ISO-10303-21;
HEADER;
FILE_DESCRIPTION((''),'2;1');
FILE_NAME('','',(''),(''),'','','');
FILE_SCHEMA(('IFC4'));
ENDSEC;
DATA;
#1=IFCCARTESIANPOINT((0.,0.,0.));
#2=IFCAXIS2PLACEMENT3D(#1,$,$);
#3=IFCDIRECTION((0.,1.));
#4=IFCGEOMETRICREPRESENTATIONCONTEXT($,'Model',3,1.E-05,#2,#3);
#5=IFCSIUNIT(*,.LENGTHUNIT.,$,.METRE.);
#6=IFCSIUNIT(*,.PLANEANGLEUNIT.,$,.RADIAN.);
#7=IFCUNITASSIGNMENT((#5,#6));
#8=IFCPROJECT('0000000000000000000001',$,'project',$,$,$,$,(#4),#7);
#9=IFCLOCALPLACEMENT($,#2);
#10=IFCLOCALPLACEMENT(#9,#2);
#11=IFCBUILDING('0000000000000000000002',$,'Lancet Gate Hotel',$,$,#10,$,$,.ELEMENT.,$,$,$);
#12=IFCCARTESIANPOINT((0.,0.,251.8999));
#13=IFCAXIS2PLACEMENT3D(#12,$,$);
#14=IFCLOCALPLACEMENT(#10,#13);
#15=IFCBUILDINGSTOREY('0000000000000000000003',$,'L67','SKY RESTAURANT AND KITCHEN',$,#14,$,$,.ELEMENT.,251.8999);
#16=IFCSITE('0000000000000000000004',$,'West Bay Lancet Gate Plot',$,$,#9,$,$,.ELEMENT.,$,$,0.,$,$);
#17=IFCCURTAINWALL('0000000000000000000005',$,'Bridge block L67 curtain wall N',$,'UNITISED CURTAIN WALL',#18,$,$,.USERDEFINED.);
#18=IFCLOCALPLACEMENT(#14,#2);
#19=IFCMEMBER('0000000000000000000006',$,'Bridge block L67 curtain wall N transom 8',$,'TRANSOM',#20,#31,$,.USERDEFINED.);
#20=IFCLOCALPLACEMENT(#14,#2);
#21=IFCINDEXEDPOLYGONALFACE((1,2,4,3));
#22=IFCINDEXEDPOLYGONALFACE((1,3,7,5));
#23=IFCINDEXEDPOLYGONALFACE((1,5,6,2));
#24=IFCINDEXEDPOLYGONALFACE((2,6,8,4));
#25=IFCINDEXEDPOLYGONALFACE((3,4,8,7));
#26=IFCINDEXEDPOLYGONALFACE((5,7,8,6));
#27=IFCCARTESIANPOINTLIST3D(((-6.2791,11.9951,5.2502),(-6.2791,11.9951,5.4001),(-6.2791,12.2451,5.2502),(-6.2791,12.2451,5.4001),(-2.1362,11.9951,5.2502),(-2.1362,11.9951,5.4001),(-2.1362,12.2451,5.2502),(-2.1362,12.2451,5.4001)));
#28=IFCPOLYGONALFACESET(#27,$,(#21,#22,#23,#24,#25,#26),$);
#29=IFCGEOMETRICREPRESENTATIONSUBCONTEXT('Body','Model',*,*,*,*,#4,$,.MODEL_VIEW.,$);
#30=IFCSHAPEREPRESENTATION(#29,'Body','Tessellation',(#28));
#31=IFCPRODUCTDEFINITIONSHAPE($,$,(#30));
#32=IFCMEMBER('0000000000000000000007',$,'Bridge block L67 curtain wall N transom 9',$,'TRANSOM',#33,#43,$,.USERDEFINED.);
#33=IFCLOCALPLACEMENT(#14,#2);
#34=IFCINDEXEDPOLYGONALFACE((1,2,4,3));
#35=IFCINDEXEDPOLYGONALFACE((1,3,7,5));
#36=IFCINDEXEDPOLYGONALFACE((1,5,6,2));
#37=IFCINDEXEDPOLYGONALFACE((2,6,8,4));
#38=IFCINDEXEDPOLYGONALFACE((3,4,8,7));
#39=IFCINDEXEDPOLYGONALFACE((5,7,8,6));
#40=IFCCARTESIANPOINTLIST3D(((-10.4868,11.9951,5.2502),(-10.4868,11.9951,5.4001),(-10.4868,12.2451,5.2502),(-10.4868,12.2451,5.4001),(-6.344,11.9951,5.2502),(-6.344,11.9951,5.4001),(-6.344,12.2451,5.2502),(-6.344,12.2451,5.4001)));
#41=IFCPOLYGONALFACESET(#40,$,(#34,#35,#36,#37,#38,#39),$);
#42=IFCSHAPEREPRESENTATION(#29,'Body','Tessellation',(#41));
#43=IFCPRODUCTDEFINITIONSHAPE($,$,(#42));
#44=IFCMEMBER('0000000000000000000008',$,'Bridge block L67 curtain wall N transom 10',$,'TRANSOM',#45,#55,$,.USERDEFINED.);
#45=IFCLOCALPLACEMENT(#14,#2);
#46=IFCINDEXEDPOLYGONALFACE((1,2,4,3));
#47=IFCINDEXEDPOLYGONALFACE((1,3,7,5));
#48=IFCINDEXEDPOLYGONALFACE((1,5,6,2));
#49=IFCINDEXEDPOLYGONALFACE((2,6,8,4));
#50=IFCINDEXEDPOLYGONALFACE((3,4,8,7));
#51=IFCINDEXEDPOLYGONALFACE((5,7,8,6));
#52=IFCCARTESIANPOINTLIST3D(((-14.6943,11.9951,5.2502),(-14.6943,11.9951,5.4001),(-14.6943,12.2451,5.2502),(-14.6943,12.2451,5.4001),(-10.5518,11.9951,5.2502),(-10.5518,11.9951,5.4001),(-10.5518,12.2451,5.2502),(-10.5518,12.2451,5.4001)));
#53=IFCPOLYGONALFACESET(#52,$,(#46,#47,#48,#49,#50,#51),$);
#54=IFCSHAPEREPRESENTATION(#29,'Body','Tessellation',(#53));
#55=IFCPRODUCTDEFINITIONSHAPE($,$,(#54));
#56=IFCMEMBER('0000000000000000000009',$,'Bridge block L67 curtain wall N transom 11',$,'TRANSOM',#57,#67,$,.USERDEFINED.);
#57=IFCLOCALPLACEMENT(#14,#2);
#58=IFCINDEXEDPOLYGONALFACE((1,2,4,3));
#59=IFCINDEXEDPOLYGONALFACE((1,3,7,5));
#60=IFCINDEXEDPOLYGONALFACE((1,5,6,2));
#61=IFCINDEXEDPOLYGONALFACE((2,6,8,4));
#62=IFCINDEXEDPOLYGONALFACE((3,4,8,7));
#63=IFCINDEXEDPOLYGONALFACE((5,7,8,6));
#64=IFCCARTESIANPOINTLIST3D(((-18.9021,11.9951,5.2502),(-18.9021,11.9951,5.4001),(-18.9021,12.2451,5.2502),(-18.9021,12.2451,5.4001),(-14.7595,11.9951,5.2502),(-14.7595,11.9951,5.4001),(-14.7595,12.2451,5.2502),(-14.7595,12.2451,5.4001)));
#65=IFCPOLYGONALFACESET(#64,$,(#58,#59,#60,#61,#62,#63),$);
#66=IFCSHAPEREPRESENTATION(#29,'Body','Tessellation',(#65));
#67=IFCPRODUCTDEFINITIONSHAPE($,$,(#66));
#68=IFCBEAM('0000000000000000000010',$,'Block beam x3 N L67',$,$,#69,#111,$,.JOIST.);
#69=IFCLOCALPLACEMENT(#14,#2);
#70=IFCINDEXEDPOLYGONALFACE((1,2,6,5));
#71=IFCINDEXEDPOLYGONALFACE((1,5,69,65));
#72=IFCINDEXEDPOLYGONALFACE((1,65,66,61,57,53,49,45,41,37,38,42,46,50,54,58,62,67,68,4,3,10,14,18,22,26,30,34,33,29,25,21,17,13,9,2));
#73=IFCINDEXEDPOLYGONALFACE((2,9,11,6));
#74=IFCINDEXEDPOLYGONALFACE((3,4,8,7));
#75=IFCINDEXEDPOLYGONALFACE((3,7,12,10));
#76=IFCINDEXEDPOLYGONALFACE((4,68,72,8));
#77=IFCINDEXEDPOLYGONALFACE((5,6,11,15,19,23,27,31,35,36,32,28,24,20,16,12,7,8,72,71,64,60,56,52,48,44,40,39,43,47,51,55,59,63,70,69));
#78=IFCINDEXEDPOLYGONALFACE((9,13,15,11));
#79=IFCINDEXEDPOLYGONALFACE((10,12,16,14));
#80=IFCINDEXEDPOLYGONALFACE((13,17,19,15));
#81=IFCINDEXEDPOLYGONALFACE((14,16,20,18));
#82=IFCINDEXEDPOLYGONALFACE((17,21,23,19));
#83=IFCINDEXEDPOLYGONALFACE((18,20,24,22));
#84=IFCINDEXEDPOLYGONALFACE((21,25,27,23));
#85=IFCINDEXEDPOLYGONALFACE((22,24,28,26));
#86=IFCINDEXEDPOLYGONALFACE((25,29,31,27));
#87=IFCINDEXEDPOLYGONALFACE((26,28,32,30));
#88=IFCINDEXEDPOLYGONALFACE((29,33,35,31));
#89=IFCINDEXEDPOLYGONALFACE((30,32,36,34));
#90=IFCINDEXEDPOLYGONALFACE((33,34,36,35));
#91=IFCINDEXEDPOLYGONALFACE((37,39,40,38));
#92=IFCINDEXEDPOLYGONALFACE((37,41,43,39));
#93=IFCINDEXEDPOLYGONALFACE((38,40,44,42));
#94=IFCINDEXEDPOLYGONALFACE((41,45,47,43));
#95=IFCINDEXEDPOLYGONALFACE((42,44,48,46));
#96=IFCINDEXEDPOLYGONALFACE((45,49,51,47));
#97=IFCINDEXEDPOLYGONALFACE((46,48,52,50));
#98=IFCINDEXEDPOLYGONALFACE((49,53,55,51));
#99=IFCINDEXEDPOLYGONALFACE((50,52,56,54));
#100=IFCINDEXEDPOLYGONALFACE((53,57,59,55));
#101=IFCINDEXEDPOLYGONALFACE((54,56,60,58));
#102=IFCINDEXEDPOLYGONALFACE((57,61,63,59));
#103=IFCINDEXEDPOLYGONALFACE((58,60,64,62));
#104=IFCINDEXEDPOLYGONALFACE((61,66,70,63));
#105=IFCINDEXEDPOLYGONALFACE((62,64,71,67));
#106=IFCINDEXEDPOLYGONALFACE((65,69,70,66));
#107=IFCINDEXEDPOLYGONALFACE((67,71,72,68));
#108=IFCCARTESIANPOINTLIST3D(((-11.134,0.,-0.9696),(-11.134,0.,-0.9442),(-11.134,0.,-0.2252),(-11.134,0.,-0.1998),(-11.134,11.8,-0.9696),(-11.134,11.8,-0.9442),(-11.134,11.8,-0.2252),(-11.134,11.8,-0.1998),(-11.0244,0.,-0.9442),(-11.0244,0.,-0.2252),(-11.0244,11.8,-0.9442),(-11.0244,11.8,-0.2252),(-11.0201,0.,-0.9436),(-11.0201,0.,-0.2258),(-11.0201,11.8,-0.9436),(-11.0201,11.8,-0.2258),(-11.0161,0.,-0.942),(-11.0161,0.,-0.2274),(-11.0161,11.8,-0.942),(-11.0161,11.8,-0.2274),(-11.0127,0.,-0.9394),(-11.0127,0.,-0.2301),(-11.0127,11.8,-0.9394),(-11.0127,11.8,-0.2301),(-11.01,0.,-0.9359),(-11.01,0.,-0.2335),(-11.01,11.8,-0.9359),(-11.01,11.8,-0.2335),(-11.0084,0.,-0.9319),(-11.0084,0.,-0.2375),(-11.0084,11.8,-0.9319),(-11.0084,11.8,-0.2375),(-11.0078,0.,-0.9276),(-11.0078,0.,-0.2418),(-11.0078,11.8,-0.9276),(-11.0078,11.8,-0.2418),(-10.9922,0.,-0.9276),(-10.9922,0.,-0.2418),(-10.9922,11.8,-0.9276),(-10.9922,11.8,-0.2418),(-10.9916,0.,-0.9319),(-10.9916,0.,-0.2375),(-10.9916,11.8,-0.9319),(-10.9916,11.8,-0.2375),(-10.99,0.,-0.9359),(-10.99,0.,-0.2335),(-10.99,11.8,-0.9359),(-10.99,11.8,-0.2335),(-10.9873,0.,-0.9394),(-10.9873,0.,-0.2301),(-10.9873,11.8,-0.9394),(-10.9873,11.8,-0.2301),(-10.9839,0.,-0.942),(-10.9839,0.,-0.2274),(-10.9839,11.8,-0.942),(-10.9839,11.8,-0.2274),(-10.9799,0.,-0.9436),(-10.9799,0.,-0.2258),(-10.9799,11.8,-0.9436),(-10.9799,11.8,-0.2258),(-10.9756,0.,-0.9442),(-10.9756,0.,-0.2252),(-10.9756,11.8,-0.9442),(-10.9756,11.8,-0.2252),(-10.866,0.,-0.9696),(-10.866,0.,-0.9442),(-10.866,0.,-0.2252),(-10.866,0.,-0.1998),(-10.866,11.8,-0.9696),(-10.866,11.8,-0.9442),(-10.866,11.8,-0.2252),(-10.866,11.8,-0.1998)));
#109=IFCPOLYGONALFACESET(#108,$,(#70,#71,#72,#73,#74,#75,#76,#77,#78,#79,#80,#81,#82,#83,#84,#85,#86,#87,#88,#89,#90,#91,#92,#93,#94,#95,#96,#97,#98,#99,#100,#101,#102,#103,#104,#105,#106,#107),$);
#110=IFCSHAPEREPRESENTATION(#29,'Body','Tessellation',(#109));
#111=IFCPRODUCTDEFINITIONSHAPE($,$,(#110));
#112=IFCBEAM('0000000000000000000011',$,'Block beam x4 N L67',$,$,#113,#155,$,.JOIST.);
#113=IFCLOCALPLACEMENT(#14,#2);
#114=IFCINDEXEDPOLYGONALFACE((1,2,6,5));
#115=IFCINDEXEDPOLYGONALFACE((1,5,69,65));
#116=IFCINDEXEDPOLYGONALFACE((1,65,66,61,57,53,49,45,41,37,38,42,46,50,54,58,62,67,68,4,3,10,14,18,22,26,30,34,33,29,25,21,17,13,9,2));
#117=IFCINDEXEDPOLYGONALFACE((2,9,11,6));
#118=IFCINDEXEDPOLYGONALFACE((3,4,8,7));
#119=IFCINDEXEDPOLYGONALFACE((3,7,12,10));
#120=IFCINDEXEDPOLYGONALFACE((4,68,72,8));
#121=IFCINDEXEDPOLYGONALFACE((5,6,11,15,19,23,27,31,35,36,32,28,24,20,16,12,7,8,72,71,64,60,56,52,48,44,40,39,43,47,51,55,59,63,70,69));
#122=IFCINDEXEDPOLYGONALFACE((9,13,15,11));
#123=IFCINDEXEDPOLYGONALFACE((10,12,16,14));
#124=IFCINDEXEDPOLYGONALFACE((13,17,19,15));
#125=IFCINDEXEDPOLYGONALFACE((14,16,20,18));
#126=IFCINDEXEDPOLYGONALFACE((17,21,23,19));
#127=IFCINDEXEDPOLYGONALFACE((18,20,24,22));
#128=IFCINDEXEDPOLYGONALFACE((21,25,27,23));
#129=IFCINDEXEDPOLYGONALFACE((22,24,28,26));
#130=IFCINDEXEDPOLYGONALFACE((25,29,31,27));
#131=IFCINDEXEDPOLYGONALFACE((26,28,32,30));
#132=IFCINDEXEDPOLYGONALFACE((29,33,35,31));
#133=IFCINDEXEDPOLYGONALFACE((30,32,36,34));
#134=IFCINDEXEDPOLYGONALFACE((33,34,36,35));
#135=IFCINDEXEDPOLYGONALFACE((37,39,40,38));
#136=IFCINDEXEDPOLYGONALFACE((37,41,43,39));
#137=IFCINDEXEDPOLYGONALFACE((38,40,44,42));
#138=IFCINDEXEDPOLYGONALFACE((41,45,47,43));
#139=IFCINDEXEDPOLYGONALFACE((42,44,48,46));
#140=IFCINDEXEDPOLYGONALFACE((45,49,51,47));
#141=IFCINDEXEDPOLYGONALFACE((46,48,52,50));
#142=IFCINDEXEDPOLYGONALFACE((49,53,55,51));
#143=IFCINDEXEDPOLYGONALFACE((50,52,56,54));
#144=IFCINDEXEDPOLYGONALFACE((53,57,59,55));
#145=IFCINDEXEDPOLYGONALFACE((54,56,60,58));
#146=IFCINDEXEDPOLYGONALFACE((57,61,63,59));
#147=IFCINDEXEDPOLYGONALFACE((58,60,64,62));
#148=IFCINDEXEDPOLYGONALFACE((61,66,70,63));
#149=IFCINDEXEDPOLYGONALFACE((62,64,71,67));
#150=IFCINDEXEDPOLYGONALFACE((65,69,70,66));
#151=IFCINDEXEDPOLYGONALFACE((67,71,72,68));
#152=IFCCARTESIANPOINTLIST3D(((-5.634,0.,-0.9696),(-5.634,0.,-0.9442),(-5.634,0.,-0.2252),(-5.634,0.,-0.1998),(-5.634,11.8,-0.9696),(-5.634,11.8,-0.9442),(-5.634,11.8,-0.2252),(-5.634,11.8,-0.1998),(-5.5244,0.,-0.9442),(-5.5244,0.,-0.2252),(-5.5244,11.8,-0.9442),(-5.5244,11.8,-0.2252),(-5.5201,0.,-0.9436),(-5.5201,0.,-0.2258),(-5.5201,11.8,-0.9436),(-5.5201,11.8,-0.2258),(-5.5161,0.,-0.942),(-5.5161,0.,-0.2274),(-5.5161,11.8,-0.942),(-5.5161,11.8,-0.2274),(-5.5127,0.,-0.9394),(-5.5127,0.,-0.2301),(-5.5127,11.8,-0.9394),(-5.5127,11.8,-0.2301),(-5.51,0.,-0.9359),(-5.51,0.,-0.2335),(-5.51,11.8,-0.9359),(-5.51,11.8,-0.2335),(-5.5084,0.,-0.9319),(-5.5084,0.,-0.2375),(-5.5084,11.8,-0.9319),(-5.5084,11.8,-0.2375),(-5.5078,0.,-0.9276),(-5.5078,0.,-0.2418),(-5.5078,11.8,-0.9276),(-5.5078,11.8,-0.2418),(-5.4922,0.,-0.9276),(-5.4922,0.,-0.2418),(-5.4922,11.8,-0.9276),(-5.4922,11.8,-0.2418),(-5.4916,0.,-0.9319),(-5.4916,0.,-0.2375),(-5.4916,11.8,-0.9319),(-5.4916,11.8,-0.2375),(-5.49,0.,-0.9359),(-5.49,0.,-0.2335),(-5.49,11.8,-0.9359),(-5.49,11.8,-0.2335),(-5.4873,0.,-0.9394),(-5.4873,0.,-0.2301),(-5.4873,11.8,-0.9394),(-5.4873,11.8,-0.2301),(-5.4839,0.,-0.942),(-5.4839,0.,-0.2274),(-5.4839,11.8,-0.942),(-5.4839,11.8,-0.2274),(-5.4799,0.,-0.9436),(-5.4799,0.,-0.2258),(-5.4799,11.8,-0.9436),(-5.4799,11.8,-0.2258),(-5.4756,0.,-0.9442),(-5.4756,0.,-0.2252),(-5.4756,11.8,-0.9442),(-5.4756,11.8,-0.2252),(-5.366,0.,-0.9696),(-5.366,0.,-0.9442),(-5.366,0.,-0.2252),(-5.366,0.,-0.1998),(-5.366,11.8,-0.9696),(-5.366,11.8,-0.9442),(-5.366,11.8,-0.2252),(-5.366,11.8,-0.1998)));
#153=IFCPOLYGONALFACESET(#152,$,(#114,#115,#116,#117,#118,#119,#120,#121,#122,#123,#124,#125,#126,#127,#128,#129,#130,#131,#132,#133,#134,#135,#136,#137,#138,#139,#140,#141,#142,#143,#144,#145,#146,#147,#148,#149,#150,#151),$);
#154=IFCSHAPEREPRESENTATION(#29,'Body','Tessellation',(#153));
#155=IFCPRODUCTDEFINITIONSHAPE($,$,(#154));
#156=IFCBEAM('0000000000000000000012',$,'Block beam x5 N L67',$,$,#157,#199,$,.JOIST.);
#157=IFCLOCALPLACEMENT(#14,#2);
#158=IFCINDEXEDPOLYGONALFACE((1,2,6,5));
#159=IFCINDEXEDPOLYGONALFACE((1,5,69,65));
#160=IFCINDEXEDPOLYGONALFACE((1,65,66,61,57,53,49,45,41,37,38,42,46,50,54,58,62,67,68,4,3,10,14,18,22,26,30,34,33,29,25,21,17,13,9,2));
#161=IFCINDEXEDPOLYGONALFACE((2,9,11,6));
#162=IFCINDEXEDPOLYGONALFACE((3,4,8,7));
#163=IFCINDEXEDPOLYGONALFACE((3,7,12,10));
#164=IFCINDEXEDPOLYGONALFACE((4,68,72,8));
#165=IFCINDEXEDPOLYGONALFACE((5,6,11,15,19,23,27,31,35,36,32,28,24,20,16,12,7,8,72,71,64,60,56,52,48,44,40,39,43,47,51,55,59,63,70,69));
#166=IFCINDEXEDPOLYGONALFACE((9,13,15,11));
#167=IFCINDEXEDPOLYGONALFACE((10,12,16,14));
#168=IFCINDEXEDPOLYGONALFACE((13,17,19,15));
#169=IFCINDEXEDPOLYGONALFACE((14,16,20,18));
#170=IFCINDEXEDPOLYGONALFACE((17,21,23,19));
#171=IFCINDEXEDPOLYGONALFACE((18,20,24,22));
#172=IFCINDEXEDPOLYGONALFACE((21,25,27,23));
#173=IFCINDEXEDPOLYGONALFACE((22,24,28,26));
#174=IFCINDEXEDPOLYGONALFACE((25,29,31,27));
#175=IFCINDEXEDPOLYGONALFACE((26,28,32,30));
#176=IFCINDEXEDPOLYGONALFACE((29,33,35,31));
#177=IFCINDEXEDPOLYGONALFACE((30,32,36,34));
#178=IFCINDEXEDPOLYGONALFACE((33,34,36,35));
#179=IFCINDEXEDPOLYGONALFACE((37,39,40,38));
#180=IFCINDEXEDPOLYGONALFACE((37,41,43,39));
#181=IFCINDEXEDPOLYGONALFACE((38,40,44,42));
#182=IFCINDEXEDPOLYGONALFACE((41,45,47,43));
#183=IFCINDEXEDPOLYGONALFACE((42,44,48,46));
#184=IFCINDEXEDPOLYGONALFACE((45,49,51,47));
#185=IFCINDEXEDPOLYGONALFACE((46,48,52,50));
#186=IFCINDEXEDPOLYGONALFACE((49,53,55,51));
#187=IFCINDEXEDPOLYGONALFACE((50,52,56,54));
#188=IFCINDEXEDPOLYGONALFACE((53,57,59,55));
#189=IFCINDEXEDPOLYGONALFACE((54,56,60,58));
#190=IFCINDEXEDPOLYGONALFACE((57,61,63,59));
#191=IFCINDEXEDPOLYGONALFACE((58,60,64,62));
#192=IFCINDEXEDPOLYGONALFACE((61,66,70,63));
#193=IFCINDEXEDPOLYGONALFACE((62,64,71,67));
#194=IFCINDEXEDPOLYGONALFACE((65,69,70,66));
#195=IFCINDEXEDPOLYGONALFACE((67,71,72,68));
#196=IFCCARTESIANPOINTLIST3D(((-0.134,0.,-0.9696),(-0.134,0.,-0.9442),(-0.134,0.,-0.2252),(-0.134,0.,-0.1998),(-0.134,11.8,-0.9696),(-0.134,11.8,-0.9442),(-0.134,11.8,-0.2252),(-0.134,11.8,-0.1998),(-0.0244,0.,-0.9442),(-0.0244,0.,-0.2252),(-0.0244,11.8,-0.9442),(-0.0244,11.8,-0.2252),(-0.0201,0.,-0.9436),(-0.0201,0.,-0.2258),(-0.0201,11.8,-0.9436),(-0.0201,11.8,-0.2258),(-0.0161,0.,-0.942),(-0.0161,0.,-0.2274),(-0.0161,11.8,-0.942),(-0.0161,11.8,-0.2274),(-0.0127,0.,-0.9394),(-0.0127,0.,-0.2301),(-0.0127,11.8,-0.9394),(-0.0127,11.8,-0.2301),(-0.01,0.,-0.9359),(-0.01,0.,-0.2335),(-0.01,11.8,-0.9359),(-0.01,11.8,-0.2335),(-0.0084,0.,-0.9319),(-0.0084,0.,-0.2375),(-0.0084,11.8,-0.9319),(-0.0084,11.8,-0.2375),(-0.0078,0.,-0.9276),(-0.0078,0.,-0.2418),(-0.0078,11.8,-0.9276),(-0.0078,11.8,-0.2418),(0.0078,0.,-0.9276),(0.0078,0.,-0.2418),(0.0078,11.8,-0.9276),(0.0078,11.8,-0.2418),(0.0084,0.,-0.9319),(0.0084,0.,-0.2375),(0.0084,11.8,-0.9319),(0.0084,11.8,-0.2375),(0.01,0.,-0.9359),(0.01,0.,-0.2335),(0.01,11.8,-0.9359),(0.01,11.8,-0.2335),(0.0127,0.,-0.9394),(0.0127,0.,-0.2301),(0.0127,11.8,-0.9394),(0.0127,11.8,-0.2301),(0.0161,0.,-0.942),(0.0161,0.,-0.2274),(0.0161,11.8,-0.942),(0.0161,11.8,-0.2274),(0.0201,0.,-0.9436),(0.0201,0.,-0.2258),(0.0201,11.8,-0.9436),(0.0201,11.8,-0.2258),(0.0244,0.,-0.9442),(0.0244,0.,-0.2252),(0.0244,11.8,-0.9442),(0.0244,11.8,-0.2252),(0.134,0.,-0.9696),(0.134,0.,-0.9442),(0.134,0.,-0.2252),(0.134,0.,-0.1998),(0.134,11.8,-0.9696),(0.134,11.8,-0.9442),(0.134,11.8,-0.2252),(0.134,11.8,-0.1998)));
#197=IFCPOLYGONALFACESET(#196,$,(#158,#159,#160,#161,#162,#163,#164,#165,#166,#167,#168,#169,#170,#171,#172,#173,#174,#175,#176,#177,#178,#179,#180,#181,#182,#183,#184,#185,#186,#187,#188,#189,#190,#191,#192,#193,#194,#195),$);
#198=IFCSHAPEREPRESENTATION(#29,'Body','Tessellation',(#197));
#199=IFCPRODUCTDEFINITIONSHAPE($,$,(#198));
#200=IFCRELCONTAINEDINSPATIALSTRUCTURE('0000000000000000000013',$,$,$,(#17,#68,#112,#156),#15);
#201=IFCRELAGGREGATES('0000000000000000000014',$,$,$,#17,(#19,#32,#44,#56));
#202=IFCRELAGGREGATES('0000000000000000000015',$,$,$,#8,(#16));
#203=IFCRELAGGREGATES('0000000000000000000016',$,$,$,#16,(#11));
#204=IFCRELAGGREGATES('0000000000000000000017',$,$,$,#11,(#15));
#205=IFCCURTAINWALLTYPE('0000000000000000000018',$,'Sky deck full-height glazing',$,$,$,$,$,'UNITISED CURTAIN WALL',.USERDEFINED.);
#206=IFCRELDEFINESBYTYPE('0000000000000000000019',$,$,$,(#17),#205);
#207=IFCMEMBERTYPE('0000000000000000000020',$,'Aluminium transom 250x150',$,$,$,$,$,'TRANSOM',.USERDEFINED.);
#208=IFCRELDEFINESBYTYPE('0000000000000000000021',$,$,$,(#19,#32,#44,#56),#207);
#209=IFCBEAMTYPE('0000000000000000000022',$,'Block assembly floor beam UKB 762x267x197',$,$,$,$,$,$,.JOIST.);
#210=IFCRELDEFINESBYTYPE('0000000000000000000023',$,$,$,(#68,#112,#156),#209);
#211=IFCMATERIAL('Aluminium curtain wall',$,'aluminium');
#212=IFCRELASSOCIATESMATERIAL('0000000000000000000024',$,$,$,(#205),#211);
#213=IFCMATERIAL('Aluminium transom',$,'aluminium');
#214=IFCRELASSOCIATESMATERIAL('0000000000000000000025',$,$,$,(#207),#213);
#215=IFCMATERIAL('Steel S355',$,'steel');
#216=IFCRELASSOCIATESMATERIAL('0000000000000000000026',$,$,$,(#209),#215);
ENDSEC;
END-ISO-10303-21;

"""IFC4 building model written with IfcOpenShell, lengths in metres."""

from ifc_helpers import new_model, si_unit, direction, frame, origin, origin_2d, place, context, subcontext, project, spatial, rectangle, i_section, extrude, material, material_profile, profile_set, type_object, element, aggregate, save


model = new_model("IFC4")

# Units and contexts
model_context = context("Model", 3, precision=1e-05, world=origin(), true_north=direction((0.0, 1.0)))
body_context = subcontext(model_context, "Body", "Model", "MODEL_VIEW")
ifc_project = project(units=[si_unit("LENGTHUNIT", "METRE"), si_unit("PLANEANGLEUNIT", "RADIAN")], contexts=[model_context])

# Site, building, storey
site_placement = place(None, origin())
site = spatial("IfcSite", under=ifc_project, at=site_placement, Name="West Bay Lancet Gate Plot", CompositionType="ELEMENT", RefElevation=0.0)
building_placement = place(site_placement, origin())
building = spatial("IfcBuilding", under=site, at=building_placement, Name="Lancet Gate Hotel", CompositionType="ELEMENT")
storey_placement = place(building_placement, frame((0.0, 0.0, 251.8999)))
storey = spatial("IfcBuildingStorey", under=building, at=storey_placement, Name="L67", Description="SKY RESTAURANT AND KITCHEN", CompositionType="ELEMENT", Elevation=251.8999)

# Curtain wall, members
ifc_material_1 = material(Name="Aluminium curtain wall", Category="aluminium")
curtain_wall_type = type_object("IfcCurtainWallType", Name="Sky deck full-height glazing", ElementType="UNITISED CURTAIN WALL", PredefinedType="USERDEFINED", material=ifc_material_1)
curtain_wall_placement = place(storey_placement, origin())
curtain_wall = element("IfcCurtainWall", 1, at=curtain_wall_placement, inside=storey, type_object=curtain_wall_type, Name="Bridge block L67 curtain wall N", ObjectType="UNITISED CURTAIN WALL", PredefinedType="USERDEFINED")
ifc_material_2 = material(Name="Aluminium transom", Category="aluminium")
ifc_material_profile_1 = material_profile(ifc_material_2, rectangle(XDim=0.25, YDim=0.1499, at=origin_2d()), Name="TRANSOM 250x150")
ifc_profile_set_1 = profile_set([ifc_material_profile_1], Name="Aluminium transom")
member_type_1 = type_object("IfcMemberType", Name="Aluminium transom 250x150", ElementType="TRANSOM", PredefinedType="USERDEFINED", material=ifc_profile_set_1)
member_1_placement = place(storey_placement, frame((-2.1362, 12.1201, 5.3252), z_axis=(-1.0, 0.0, 0.0), x_axis=(0.0, -1.0, 0.0)))
member_1 = element("IfcMember", 2, at=member_1_placement, type_object=member_type_1, Name="Bridge block L67 curtain wall N transom 8", ObjectType="TRANSOM", PredefinedType="USERDEFINED", context=body_context, shape_type="SweptSolid", body=[
    extrude(rectangle(XDim=0.25, YDim=0.1499, at=origin_2d()), origin(), (0.0, 0.0, 1.0), 4.1428),
])
member_2_placement = place(storey_placement, frame((-6.344, 12.1201, 5.3252), z_axis=(-1.0, 0.0, 0.0), x_axis=(0.0, -1.0, 0.0)))
member_2 = element("IfcMember", 3, at=member_2_placement, type_object=member_type_1, Name="Bridge block L67 curtain wall N transom 9", ObjectType="TRANSOM", PredefinedType="USERDEFINED", context=body_context, shape_type="SweptSolid", body=[
    extrude(rectangle(XDim=0.25, YDim=0.1499, at=origin_2d()), origin(), (0.0, 0.0, 1.0), 4.1428),
])
member_3_placement = place(storey_placement, frame((-10.5518, 12.1201, 5.3252), z_axis=(-1.0, 0.0, 0.0), x_axis=(0.0, -1.0, 0.0)))
member_3 = element("IfcMember", 4, at=member_3_placement, type_object=member_type_1, Name="Bridge block L67 curtain wall N transom 10", ObjectType="TRANSOM", PredefinedType="USERDEFINED", context=body_context, shape_type="SweptSolid", body=[
    extrude(rectangle(XDim=0.25, YDim=0.1499, at=origin_2d()), origin(), (0.0, 0.0, 1.0), 4.1426),
])
member_4_placement = place(storey_placement, frame((-14.7595, 12.1201, 5.3252), z_axis=(-1.0, 0.0, 0.0), x_axis=(0.0, -1.0, 0.0)))
member_4 = element("IfcMember", 5, at=member_4_placement, type_object=member_type_1, Name="Bridge block L67 curtain wall N transom 11", ObjectType="TRANSOM", PredefinedType="USERDEFINED", context=body_context, shape_type="SweptSolid", body=[
    extrude(rectangle(XDim=0.25, YDim=0.1499, at=origin_2d()), origin(), (0.0, 0.0, 1.0), 4.1426),
])

# Beams
ifc_material_3 = material(Name="Steel S355", Category="steel")
ifc_material_profile_2 = material_profile(ifc_material_3, i_section(OverallWidth=0.2681, OverallDepth=0.7698, WebThickness=0.0156, FlangeThickness=0.0254, FilletRadius=0.0166, at=origin_2d()), Name="UKB 762x267x197")
ifc_profile_set_2 = profile_set([ifc_material_profile_2], Name="Steel S355")
beam_type_1 = type_object("IfcBeamType", Name="Block assembly floor beam UKB 762x267x197", PredefinedType="JOIST", material=ifc_profile_set_2)
for number, where, z_axis, x_axis, name in (
    (6, (-11.0, 0.0, -0.5847), (0.0, 1.0, 0.0), (-1.0, 0.0, 0.0), "Block beam x3 N L67"),
    (7, (-5.5, 0.0, -0.5847), (0.0, 1.0, 0.0), (-1.0, 0.0, 0.0), "Block beam x4 N L67"),
    (8, (0.0, 0.0, -0.5847), (0.0, 1.0, 0.0), (-1.0, 0.0, 0.0), "Block beam x5 N L67"),
):
    element("IfcBeam", number, at=place(storey_placement, frame(where, z_axis=z_axis, x_axis=x_axis)), inside=storey, type_object=beam_type_1, Name=name, PredefinedType="JOIST", context=body_context, shape_type="SweptSolid", body=[
        extrude(i_section(OverallWidth=0.2681, OverallDepth=0.7698, WebThickness=0.0156, FlangeThickness=0.0254, FilletRadius=0.0166, at=origin_2d()), origin(), (0.0, 0.0, 1.0), 11.8),
    ])

aggregate(curtain_wall, [member_1, member_2, member_3, member_4])

save(model, "model.ifc")
